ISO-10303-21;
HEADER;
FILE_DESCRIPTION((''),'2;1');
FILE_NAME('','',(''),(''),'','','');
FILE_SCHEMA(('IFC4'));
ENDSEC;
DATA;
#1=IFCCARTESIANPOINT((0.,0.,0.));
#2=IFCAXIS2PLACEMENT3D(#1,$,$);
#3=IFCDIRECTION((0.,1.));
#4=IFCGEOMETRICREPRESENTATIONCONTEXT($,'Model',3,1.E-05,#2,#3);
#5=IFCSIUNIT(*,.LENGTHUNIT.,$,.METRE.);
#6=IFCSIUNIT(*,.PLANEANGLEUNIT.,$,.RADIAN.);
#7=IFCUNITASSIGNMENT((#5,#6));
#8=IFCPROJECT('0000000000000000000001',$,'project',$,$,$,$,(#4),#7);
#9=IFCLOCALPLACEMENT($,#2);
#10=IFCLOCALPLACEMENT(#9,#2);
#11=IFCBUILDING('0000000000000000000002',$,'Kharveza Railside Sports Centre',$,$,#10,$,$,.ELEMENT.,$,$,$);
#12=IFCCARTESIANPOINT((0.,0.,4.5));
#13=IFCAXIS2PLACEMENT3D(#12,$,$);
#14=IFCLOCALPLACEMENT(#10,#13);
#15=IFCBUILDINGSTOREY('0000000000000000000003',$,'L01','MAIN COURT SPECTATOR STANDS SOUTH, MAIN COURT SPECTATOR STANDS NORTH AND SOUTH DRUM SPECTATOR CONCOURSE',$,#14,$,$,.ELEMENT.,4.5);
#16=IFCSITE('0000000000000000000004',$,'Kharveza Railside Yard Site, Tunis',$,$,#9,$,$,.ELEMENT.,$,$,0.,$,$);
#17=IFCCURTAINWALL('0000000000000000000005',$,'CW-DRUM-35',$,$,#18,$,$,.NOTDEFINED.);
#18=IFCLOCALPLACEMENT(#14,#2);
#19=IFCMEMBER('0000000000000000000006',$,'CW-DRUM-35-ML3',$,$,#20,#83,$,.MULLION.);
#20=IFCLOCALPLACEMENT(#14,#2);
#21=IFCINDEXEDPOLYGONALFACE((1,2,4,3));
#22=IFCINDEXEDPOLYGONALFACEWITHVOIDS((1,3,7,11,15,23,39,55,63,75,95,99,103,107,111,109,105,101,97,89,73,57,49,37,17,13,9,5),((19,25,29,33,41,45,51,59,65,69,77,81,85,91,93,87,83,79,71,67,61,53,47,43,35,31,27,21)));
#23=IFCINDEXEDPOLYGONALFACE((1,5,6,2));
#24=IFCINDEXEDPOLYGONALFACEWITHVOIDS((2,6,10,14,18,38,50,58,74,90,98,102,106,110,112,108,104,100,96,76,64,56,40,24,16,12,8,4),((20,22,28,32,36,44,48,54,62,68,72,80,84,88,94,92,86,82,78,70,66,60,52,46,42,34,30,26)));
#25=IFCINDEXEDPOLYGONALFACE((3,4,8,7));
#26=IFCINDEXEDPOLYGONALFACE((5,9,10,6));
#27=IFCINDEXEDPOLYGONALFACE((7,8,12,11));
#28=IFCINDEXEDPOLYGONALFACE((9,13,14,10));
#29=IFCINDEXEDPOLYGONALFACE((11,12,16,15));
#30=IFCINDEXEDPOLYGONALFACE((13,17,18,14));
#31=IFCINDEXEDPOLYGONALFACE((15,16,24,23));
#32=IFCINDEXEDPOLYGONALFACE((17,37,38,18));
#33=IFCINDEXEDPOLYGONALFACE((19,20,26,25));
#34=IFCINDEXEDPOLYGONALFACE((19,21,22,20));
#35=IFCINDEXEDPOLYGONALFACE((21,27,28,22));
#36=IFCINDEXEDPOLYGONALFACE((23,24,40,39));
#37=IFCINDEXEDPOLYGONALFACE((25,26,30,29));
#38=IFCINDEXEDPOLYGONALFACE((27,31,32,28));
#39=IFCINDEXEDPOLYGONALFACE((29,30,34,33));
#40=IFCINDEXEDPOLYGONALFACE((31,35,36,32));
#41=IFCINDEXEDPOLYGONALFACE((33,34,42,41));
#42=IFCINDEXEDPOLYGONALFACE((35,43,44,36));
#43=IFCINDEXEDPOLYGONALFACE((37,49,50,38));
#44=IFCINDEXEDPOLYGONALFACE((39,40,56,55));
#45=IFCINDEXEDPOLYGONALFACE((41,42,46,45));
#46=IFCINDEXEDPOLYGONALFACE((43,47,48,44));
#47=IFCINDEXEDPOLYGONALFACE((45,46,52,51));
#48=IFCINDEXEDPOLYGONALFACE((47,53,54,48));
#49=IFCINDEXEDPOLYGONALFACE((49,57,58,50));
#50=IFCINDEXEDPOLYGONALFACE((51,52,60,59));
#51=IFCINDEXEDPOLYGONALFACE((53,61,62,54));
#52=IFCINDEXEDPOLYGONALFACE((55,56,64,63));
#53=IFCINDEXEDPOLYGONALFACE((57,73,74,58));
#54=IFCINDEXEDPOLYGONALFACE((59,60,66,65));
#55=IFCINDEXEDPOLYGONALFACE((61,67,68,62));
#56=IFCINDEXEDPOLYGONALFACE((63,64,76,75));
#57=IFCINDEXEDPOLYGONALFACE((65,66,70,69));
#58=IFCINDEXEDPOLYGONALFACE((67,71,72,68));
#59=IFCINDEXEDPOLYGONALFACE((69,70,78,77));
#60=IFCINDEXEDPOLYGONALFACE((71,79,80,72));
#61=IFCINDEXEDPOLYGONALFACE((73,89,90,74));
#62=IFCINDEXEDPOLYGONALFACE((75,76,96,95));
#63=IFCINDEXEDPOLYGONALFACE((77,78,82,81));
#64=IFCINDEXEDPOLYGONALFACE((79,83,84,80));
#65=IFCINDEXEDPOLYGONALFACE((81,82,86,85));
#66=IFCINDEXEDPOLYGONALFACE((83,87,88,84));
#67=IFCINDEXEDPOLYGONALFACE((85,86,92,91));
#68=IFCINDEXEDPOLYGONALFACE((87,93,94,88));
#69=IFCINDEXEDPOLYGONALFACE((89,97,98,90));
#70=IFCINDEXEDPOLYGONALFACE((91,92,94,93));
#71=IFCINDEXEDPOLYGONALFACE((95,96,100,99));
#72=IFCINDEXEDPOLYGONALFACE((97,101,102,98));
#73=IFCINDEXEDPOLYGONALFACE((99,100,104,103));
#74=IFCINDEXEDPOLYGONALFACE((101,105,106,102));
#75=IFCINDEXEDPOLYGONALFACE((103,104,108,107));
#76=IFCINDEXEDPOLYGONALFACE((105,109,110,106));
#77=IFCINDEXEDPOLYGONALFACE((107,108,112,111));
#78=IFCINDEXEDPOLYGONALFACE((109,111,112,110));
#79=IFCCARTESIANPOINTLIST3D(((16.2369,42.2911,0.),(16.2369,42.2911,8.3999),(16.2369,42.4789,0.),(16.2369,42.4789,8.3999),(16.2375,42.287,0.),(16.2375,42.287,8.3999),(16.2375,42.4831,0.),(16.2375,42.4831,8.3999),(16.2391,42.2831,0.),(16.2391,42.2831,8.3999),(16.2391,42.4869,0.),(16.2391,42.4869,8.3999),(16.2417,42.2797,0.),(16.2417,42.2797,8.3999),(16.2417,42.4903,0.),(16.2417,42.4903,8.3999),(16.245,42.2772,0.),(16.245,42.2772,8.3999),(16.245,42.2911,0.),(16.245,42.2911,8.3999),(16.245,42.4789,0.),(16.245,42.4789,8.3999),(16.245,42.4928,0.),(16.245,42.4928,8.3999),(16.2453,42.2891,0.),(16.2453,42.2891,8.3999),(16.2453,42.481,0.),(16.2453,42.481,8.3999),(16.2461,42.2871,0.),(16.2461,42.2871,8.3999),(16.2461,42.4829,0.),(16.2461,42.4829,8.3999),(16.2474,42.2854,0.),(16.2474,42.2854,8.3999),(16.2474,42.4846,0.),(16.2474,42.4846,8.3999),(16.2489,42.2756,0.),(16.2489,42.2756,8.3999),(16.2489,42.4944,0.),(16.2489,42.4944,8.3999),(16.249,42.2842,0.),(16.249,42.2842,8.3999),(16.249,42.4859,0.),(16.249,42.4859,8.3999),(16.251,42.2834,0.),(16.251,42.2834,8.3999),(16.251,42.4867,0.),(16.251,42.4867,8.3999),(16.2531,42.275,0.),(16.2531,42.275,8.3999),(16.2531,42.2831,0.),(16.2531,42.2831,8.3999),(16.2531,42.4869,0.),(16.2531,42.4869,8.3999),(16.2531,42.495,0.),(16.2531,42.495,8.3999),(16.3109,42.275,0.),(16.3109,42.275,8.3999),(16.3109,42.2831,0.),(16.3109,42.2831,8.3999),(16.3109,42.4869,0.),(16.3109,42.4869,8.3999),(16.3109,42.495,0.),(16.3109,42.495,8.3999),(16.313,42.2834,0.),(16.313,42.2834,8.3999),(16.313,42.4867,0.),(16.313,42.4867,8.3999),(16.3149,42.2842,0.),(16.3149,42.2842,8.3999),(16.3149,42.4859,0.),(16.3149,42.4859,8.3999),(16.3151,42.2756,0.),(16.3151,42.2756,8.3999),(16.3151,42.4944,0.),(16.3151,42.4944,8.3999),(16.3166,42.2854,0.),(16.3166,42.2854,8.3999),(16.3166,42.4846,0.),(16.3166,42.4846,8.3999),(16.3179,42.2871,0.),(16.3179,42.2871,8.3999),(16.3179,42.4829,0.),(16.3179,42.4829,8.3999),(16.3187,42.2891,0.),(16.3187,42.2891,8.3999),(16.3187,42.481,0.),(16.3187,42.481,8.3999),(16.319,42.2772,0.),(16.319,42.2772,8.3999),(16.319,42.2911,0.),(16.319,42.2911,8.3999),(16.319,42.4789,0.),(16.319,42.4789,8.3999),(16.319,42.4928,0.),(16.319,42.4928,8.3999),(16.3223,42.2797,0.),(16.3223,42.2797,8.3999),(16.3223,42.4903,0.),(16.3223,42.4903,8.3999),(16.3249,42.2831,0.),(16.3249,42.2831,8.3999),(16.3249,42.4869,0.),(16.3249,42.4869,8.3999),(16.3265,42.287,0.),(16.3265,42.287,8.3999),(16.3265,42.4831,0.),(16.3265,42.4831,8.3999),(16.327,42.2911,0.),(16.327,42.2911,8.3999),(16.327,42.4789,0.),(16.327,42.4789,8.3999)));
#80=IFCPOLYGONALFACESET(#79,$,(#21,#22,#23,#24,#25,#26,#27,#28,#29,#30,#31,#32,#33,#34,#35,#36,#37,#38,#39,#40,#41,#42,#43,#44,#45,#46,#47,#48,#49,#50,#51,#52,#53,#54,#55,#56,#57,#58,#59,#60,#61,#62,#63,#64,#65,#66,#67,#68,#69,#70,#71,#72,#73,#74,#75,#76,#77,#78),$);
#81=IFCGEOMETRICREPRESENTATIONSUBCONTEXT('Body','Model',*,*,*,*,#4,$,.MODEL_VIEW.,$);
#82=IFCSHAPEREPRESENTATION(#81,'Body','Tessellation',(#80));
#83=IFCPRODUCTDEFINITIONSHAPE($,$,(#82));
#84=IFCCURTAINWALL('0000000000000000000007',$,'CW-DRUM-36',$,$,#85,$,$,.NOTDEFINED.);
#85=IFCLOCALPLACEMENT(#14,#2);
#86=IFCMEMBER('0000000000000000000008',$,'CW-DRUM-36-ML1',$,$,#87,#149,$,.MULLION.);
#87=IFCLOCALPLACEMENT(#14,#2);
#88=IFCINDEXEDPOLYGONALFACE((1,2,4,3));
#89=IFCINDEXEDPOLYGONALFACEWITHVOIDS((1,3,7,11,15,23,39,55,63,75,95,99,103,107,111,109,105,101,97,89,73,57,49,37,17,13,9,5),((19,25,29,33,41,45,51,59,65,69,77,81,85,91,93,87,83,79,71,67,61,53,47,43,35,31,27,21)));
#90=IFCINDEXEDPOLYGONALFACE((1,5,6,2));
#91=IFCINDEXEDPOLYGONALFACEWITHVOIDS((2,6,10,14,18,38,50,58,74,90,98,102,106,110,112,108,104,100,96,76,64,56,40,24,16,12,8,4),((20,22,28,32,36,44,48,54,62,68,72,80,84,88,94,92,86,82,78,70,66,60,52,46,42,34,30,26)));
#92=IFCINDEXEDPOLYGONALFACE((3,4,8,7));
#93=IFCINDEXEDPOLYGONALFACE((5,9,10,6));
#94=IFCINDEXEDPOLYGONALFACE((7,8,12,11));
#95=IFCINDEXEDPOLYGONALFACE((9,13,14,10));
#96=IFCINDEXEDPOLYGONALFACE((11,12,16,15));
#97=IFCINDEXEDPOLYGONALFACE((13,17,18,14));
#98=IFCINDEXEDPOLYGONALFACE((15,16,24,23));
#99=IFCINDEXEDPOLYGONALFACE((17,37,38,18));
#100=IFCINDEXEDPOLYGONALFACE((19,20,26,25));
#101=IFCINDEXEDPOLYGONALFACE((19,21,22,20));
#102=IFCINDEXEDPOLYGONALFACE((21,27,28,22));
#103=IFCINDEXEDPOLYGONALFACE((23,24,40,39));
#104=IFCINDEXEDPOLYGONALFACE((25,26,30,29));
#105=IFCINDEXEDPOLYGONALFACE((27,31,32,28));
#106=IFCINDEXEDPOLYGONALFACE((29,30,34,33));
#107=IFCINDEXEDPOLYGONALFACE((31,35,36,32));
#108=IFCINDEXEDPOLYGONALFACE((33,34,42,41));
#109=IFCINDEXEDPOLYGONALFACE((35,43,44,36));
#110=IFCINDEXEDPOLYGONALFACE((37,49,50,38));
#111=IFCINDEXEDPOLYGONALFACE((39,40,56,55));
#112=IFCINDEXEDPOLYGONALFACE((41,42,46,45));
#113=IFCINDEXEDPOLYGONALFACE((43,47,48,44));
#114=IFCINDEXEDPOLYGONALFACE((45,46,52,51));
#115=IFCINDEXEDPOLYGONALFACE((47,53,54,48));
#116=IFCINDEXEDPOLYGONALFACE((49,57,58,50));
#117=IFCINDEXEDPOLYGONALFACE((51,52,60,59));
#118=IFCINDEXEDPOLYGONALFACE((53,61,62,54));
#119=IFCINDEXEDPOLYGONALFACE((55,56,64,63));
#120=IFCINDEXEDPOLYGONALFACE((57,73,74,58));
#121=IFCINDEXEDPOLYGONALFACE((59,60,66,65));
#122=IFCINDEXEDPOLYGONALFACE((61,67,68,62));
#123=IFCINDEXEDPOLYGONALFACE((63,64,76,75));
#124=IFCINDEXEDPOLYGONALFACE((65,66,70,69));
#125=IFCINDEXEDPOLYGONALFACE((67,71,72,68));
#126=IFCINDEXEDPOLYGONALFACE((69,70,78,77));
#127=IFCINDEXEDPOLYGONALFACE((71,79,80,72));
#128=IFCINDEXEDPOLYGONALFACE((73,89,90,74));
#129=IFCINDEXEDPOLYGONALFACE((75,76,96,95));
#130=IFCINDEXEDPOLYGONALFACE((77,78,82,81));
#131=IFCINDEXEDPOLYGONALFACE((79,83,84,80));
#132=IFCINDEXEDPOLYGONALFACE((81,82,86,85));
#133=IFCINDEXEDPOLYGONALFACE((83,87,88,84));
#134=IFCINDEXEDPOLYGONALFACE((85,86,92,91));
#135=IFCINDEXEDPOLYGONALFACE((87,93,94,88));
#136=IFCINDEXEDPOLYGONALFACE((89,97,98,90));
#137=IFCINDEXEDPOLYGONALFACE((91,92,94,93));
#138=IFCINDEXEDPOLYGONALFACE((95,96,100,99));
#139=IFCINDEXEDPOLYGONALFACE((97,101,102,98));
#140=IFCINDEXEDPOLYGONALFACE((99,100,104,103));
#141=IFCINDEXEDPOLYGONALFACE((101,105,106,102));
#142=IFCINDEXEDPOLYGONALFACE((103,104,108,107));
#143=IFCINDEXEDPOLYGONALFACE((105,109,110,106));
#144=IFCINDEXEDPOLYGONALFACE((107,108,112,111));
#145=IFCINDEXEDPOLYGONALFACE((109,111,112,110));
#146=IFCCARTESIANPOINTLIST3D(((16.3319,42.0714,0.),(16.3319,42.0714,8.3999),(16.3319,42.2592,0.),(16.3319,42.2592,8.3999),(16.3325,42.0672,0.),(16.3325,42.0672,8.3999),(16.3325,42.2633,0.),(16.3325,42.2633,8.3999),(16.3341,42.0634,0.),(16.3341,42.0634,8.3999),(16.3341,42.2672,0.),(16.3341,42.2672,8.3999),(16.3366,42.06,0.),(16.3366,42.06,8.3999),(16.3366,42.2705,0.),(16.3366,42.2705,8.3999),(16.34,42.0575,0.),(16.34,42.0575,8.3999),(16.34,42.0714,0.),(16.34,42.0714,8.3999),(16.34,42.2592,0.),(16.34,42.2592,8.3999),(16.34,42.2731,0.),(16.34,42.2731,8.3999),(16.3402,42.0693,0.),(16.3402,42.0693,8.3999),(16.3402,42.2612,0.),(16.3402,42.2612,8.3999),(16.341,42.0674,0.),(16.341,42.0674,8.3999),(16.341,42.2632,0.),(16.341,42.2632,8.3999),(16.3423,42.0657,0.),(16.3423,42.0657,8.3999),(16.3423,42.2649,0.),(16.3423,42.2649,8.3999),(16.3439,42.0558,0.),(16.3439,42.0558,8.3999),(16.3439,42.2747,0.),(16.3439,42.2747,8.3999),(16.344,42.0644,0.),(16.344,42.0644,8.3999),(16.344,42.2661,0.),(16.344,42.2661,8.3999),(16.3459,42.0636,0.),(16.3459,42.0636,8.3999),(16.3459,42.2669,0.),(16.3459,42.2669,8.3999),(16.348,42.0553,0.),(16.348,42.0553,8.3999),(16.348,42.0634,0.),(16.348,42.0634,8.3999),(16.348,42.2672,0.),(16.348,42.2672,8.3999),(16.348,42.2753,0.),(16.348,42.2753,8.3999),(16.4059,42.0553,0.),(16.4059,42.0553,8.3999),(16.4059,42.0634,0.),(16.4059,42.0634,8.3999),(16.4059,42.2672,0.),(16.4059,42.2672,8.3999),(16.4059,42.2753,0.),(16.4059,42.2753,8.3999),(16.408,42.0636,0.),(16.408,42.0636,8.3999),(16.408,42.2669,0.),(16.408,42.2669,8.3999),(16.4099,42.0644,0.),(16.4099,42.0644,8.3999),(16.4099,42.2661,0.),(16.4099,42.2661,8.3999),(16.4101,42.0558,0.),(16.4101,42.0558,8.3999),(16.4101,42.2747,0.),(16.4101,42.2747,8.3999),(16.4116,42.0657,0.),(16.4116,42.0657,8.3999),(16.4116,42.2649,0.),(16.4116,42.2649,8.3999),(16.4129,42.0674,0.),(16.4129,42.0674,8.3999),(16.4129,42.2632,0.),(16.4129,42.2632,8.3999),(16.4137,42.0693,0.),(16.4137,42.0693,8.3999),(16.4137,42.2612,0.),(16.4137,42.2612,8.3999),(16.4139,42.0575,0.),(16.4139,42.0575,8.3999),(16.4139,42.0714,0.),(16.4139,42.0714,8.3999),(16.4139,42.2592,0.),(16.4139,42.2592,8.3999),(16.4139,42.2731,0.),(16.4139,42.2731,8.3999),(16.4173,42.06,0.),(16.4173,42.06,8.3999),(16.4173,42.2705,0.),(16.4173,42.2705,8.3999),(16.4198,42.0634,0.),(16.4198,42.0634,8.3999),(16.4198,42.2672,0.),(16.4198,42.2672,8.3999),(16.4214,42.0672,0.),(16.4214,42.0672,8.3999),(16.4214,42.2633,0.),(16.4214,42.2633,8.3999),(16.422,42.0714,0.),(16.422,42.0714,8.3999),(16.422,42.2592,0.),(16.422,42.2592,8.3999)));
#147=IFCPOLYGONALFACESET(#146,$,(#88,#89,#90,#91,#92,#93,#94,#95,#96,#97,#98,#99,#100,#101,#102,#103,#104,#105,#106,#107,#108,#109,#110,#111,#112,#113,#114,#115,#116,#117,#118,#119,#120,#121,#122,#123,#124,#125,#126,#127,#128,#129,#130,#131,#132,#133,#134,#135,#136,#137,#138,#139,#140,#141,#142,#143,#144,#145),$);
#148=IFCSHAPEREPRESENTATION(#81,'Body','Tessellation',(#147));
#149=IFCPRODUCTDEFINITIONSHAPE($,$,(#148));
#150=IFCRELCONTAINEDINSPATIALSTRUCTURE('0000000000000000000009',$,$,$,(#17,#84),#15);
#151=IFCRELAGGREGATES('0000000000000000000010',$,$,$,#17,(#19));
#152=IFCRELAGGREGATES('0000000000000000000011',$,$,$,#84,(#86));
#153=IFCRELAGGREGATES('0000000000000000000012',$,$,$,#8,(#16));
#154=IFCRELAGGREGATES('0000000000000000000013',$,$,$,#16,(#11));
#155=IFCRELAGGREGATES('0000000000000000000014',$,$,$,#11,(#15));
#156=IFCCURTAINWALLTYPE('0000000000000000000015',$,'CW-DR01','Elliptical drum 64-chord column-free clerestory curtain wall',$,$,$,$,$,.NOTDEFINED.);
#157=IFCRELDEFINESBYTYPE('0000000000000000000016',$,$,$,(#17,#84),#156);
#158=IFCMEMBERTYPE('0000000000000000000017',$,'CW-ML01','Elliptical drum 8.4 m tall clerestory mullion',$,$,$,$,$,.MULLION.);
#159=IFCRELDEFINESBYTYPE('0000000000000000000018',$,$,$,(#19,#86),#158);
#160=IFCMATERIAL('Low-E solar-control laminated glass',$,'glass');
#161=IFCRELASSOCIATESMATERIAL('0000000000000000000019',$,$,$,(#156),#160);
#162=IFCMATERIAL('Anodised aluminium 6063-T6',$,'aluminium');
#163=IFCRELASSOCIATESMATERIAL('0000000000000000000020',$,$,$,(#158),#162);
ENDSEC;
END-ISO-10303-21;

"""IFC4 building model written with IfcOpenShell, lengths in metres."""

from ifc_helpers import new_model, si_unit, direction, frame, origin, origin_2d, place, context, subcontext, project, spatial, hollow_rectangle, extrude, material, material_profile, profile_set, type_object, element, aggregate, save


model = new_model("IFC4")

# Units and contexts
model_context = context("Model", 3, precision=1e-05, world=origin(), true_north=direction((0.0, 1.0)))
body_context = subcontext(model_context, "Body", "Model", "MODEL_VIEW")
ifc_project = project(units=[si_unit("LENGTHUNIT", "METRE"), si_unit("PLANEANGLEUNIT", "RADIAN")], contexts=[model_context])

# Site, building, storey
site_placement = place(None, origin())
site = spatial("IfcSite", under=ifc_project, at=site_placement, Name="Kharveza Railside Yard Site, Tunis", CompositionType="ELEMENT", RefElevation=0.0)
building_placement = place(site_placement, origin())
building = spatial("IfcBuilding", under=site, at=building_placement, Name="Kharveza Railside Sports Centre", CompositionType="ELEMENT")
storey_placement = place(building_placement, frame((0.0, 0.0, 4.5)))
storey = spatial("IfcBuildingStorey", under=building, at=storey_placement, Name="L01", Description="MAIN COURT SPECTATOR STANDS SOUTH, MAIN COURT SPECTATOR STANDS NORTH AND SOUTH DRUM SPECTATOR CONCOURSE", CompositionType="ELEMENT", Elevation=4.5)

# Curtain wall, member
ifc_material_1 = material(Name="Low-E solar-control laminated glass", Category="glass")
curtain_wall_type = type_object("IfcCurtainWallType", Name="CW-DR01", Description="Elliptical drum 64-chord column-free clerestory curtain wall", PredefinedType="NOTDEFINED", material=ifc_material_1)
curtain_wall_1_placement = place(storey_placement, origin())
curtain_wall_1 = element("IfcCurtainWall", 1, at=curtain_wall_1_placement, inside=storey, type_object=curtain_wall_type, Name="CW-DRUM-35", PredefinedType="NOTDEFINED")
ifc_material_2 = material(Name="Anodised aluminium 6063-T6", Category="aluminium")
ifc_material_profile_1 = material_profile(ifc_material_2, hollow_rectangle(XDim=0.0901, YDim=0.22, WallThickness=0.0081, InnerFilletRadius=0.0081, OuterFilletRadius=0.0161, at=origin_2d()), Name="RHS 90x220x8.0")
ifc_profile_set_1 = profile_set([ifc_material_profile_1], Name="Anodised aluminium 6063-T6")
member_type_1 = type_object("IfcMemberType", Name="CW-ML01", Description="Elliptical drum 8.4 m tall clerestory mullion", PredefinedType="MULLION", material=ifc_profile_set_1)
member_1_placement = place(storey_placement, frame((16.282, 42.385, 0.0), z_axis=(0.0, 0.0, 1.0), x_axis=(1.0, 0.0, 0.0)))
member_1 = element("IfcMember", 2, at=member_1_placement, type_object=member_type_1, Name="CW-DRUM-35-ML3", PredefinedType="MULLION", context=body_context, shape_type="SweptSolid", body=[
    extrude(hollow_rectangle(XDim=0.0901, YDim=0.22, WallThickness=0.0081, InnerFilletRadius=0.0081, OuterFilletRadius=0.0161, at=origin_2d()), origin(), (0.0, 0.0, 1.0), 8.3999),
])

# Curtain wall, member
curtain_wall_2_placement = place(storey_placement, origin())
curtain_wall_2 = element("IfcCurtainWall", 3, at=curtain_wall_2_placement, inside=storey, type_object=curtain_wall_type, Name="CW-DRUM-36", PredefinedType="NOTDEFINED")
member_2_placement = place(storey_placement, frame((16.377, 42.1653, 0.0), z_axis=(0.0, 0.0, 1.0), x_axis=(1.0, 0.0, 0.0)))
member_2 = element("IfcMember", 4, at=member_2_placement, type_object=member_type_1, Name="CW-DRUM-36-ML1", PredefinedType="MULLION", context=body_context, shape_type="SweptSolid", body=[
    extrude(hollow_rectangle(XDim=0.0901, YDim=0.22, WallThickness=0.0081, InnerFilletRadius=0.0081, OuterFilletRadius=0.0161, at=origin_2d()), origin(), (0.0, 0.0, 1.0), 8.3999),
])

aggregate(curtain_wall_1, [member_1])
aggregate(curtain_wall_2, [member_2])

save(model, "model.ifc")
